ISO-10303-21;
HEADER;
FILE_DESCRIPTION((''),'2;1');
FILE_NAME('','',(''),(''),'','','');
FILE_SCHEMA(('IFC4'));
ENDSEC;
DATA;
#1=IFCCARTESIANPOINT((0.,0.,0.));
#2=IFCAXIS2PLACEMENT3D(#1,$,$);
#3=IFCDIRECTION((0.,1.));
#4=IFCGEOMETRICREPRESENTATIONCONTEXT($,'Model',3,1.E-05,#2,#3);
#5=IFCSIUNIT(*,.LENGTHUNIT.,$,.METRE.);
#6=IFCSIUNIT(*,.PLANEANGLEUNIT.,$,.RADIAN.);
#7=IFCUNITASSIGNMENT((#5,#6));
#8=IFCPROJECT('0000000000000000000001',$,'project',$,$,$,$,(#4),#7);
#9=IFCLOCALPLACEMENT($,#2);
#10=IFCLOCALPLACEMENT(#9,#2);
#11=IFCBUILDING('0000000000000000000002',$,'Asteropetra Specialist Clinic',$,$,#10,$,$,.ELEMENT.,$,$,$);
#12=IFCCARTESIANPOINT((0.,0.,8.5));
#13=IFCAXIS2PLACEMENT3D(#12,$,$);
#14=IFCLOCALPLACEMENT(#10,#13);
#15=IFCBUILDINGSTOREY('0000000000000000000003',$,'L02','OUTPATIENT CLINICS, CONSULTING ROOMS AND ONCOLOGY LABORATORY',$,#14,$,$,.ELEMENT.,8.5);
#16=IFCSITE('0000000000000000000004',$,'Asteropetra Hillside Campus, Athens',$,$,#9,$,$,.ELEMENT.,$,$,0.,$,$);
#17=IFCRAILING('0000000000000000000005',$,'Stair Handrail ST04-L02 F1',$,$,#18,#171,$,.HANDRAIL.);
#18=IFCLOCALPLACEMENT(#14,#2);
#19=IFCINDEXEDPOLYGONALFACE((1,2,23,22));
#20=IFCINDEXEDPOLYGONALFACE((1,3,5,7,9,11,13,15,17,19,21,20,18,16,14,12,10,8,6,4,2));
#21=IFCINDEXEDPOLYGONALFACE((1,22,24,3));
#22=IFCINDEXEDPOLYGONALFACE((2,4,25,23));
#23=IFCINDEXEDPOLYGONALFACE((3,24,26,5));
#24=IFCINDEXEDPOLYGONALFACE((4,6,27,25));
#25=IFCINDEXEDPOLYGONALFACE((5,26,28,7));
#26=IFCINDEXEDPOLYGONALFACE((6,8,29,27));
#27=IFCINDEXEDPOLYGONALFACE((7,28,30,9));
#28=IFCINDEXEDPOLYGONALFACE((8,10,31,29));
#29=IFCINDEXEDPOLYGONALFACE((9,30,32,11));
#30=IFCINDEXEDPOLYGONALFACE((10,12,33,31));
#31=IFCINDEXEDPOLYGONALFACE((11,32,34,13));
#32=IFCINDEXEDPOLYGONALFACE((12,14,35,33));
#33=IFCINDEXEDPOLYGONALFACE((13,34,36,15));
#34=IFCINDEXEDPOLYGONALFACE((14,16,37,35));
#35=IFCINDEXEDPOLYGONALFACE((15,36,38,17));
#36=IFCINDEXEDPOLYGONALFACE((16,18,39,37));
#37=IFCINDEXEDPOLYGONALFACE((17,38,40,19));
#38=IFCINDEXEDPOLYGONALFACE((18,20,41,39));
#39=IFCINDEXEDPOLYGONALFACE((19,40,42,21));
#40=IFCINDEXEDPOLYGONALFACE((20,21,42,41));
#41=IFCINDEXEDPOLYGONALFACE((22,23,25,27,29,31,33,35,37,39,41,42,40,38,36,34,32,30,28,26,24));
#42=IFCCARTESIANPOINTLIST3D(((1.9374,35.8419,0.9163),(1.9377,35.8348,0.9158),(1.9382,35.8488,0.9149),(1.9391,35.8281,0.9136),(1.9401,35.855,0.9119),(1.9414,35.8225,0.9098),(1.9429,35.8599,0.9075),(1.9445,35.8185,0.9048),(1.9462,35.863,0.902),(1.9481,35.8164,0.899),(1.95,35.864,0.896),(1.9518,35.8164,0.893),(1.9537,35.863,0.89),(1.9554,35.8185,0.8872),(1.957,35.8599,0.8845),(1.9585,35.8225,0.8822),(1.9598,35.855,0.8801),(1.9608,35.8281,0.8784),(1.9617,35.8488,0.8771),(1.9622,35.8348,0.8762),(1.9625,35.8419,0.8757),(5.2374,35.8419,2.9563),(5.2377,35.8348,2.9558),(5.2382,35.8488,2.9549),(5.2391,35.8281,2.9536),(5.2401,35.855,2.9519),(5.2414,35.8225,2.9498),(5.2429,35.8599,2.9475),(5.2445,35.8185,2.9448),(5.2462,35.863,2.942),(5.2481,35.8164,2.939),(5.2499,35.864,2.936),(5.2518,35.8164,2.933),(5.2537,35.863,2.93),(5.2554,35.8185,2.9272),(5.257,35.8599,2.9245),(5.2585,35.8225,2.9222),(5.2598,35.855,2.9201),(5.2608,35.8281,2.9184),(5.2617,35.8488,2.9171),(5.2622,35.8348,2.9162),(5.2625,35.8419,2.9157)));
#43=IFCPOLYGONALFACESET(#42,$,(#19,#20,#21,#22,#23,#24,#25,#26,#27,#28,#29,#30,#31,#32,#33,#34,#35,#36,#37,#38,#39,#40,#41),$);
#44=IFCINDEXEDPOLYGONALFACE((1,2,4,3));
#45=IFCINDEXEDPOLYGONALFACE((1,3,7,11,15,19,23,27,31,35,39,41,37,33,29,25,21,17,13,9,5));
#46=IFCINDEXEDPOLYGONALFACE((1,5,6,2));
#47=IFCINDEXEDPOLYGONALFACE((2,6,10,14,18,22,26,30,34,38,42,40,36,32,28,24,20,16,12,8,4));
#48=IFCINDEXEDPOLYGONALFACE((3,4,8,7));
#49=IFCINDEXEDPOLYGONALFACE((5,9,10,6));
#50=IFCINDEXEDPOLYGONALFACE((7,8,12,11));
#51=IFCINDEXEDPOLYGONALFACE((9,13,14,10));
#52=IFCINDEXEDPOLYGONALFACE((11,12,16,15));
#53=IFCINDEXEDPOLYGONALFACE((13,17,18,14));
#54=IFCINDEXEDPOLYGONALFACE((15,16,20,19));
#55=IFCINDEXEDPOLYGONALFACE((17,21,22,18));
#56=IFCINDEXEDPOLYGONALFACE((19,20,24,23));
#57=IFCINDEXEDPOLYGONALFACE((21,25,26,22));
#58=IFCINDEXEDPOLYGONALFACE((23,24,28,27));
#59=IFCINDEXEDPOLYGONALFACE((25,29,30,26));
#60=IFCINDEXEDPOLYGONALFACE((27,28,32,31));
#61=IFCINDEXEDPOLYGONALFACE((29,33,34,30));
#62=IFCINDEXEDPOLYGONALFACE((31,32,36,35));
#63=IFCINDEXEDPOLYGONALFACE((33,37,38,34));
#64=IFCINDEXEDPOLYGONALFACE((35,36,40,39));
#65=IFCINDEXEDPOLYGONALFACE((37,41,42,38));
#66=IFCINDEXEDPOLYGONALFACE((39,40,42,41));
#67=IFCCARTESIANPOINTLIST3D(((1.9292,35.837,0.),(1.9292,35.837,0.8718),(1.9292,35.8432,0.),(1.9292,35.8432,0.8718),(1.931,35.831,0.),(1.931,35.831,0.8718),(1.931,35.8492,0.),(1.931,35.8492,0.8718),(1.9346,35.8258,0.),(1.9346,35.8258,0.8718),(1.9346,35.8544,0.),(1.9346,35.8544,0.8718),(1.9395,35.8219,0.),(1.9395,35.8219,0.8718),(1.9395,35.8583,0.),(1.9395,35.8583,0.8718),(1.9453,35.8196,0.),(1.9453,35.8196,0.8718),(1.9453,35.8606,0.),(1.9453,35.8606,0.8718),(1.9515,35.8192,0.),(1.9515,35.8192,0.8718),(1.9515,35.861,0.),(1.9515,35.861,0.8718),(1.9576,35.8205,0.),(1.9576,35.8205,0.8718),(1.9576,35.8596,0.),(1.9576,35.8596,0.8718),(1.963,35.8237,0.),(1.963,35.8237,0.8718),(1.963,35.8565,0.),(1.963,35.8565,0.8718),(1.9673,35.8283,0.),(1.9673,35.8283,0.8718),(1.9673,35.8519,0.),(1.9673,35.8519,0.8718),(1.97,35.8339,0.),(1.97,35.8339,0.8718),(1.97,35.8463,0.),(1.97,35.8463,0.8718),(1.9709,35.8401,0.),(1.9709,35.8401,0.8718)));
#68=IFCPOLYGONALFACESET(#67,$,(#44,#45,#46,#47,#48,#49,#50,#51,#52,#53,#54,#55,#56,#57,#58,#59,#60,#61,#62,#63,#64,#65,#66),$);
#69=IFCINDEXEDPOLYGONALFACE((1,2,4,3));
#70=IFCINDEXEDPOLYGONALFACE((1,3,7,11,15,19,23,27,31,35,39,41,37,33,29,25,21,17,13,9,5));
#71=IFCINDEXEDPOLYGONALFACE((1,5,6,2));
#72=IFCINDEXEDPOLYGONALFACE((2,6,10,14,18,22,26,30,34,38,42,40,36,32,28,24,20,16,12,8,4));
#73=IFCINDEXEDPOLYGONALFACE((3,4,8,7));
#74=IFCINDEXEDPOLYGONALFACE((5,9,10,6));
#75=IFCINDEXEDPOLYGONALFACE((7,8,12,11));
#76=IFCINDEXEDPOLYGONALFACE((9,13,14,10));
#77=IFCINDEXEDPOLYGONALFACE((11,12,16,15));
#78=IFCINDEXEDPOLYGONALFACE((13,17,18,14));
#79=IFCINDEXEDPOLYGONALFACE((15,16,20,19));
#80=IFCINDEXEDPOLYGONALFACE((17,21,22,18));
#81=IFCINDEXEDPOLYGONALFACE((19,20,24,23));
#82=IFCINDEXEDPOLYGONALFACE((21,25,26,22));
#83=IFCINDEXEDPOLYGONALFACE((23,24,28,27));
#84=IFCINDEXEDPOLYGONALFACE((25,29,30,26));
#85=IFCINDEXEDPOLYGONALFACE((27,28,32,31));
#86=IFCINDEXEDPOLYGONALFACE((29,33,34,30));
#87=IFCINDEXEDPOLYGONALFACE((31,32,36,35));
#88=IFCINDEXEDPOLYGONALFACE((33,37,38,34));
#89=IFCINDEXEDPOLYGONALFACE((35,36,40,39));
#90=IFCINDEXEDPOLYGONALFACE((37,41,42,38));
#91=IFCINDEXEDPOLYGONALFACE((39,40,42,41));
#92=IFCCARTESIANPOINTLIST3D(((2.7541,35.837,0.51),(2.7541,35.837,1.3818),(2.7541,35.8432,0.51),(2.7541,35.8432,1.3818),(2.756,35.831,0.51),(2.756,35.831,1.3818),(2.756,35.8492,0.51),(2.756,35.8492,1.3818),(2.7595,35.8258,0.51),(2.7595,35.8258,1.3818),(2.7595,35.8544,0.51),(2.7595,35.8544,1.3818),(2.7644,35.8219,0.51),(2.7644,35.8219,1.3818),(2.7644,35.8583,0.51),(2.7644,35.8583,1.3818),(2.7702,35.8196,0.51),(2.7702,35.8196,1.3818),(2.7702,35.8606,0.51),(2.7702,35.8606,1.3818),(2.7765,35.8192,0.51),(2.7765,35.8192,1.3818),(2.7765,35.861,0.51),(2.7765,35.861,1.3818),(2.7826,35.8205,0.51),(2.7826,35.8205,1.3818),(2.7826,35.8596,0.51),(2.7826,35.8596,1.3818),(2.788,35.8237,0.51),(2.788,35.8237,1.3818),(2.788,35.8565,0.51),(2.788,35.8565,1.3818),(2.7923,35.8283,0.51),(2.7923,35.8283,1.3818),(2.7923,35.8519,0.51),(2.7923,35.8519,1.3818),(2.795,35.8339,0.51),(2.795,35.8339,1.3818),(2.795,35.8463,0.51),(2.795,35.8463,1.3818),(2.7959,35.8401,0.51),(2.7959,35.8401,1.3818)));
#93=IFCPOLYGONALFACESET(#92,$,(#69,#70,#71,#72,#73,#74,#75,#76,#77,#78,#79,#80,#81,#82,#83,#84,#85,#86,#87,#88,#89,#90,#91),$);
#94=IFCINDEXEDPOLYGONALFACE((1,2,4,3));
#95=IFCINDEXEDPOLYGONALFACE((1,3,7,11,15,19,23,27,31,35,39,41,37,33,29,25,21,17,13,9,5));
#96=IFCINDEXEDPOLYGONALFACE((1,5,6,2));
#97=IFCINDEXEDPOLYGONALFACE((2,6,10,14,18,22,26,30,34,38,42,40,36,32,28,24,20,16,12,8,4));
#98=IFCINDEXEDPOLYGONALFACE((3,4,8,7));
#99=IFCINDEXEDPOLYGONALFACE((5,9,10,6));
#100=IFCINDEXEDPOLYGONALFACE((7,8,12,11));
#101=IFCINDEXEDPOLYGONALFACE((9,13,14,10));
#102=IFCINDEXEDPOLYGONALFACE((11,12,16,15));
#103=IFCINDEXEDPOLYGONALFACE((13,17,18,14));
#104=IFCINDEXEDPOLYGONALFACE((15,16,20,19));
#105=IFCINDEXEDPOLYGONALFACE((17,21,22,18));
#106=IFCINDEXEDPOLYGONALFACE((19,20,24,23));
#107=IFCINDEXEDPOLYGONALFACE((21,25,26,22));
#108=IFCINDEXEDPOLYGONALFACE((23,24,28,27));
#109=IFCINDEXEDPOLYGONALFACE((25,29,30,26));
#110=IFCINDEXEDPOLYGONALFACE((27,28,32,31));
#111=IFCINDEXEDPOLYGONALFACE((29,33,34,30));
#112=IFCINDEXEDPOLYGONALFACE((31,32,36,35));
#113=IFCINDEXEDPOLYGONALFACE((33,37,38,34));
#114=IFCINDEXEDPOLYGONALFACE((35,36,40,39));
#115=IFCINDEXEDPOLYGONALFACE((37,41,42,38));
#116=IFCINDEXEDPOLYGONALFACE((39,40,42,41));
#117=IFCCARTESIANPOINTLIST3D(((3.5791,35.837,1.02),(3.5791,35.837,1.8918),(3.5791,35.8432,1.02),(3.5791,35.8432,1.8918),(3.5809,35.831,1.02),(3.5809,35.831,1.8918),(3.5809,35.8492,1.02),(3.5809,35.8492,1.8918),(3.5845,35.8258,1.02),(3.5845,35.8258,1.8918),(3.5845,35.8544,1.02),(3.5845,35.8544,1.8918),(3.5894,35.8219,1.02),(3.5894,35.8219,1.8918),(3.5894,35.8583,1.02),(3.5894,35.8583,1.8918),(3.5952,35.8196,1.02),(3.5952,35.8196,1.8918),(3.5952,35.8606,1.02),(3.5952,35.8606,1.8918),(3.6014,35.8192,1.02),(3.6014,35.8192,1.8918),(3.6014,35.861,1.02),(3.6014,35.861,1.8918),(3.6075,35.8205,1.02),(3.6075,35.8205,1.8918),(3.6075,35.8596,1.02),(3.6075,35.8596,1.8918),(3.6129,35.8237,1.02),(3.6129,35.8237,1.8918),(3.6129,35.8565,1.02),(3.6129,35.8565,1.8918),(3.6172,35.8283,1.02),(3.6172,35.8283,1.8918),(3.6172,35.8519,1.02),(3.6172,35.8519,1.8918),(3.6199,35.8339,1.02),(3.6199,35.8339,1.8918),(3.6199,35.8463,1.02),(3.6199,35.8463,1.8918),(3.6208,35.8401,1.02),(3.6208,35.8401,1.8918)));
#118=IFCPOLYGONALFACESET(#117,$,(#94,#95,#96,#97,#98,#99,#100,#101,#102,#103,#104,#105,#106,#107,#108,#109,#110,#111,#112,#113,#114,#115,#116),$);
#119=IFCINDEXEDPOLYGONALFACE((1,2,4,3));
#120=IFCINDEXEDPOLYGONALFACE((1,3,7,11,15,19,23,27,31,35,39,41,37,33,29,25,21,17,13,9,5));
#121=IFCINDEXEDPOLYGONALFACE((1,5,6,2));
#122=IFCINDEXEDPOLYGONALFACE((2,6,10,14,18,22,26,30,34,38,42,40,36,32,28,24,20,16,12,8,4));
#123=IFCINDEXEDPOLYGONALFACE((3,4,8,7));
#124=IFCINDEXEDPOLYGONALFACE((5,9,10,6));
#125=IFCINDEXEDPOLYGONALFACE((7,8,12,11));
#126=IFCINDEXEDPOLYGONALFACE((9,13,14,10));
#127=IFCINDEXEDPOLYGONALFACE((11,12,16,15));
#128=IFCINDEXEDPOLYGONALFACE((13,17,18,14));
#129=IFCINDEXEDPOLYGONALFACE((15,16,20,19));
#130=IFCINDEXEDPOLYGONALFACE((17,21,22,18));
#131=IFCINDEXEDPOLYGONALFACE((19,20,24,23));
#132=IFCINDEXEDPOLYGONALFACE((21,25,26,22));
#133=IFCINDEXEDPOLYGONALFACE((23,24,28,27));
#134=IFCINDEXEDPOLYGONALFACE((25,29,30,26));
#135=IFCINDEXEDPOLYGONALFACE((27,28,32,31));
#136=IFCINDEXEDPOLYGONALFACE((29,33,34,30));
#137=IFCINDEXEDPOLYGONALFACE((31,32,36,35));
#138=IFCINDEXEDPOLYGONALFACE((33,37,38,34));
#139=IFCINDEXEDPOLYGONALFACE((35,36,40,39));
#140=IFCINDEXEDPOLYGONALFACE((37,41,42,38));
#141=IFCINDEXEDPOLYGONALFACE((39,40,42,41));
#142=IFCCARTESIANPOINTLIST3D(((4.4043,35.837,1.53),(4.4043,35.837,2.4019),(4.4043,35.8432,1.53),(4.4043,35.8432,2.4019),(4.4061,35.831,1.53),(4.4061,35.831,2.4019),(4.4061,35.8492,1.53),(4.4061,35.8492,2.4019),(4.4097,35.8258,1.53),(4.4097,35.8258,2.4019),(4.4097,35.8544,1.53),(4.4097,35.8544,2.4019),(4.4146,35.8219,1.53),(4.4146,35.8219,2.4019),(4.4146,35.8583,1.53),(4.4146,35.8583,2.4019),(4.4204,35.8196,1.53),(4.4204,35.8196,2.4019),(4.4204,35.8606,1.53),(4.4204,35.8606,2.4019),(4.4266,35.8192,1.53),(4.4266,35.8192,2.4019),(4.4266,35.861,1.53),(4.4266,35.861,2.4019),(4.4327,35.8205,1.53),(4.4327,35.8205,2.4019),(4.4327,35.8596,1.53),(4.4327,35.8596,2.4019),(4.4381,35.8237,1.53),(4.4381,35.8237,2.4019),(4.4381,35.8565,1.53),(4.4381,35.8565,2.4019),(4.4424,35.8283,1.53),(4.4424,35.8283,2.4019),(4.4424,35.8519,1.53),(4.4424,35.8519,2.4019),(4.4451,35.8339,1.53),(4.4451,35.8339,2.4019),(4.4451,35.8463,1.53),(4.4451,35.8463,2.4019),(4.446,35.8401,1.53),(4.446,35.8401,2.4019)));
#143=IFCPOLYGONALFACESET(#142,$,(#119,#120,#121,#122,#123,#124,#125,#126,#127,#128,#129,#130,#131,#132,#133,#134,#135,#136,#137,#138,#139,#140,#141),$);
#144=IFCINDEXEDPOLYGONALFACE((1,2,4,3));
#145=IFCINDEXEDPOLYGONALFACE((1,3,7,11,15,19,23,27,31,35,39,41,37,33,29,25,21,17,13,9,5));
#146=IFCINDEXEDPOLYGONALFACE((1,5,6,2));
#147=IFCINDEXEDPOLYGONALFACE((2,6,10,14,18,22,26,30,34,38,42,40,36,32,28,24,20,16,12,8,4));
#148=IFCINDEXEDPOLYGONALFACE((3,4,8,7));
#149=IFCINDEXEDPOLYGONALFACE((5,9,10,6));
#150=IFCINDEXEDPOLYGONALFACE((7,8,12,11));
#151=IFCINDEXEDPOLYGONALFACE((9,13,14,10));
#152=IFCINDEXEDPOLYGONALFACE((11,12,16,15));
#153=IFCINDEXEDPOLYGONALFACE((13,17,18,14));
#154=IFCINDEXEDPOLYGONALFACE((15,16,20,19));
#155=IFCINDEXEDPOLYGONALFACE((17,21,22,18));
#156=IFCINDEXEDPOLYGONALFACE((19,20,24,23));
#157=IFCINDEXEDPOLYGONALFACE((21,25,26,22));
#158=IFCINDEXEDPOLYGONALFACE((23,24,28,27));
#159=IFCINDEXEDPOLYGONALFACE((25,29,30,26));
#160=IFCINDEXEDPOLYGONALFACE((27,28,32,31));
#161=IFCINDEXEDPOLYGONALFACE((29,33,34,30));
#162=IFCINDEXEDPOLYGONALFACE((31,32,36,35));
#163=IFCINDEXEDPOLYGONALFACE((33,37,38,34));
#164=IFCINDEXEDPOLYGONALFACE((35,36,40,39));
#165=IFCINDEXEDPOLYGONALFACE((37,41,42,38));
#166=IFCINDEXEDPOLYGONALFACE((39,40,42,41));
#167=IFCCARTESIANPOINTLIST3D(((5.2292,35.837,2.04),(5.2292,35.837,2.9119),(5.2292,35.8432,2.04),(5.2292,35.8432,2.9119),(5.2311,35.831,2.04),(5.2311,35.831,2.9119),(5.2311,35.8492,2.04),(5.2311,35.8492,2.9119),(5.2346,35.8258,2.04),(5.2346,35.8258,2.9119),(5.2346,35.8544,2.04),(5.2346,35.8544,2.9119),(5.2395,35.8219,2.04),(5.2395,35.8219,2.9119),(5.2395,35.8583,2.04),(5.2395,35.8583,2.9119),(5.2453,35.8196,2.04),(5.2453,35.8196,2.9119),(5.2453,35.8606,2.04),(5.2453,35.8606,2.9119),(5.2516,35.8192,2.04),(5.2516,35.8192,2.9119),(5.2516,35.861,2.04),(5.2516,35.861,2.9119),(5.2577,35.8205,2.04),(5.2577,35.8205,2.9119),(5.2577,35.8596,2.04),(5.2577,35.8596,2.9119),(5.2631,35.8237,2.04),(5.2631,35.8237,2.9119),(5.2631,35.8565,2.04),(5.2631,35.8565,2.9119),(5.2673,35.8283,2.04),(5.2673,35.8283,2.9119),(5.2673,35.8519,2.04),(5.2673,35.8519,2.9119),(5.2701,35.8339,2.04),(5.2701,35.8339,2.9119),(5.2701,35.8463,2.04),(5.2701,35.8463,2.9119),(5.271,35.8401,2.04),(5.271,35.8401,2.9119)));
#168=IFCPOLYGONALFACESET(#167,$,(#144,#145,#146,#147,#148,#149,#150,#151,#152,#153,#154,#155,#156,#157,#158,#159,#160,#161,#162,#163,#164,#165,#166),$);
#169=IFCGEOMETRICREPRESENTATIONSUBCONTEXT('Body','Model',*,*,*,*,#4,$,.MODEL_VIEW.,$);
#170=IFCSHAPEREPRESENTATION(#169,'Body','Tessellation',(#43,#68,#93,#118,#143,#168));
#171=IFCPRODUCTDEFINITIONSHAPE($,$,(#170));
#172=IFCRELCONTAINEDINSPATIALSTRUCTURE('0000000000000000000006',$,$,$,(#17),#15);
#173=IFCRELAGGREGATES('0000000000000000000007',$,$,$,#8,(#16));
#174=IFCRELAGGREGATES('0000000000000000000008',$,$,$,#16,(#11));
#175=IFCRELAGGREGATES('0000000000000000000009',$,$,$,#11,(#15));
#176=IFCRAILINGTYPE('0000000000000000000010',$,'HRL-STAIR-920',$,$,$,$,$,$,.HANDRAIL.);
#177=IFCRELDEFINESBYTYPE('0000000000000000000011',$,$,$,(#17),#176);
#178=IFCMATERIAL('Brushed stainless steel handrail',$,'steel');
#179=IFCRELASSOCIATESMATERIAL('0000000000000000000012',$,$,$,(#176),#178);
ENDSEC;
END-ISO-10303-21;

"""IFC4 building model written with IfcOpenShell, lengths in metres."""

from ifc_helpers import new_model, si_unit, direction, frame, origin, origin_2d, place, context, subcontext, project, spatial, circle, extrude, material, type_object, element, save


model = new_model("IFC4")

# Units and contexts
model_context = context("Model", 3, precision=1e-05, world=origin(), true_north=direction((0.0, 1.0)))
body_context = subcontext(model_context, "Body", "Model", "MODEL_VIEW")
ifc_project = project(units=[si_unit("LENGTHUNIT", "METRE"), si_unit("PLANEANGLEUNIT", "RADIAN")], contexts=[model_context])

# Site, building, storey
site_placement = place(None, origin())
site = spatial("IfcSite", under=ifc_project, at=site_placement, Name="Asteropetra Hillside Campus, Athens", CompositionType="ELEMENT", RefElevation=0.0)
building_placement = place(site_placement, origin())
building = spatial("IfcBuilding", under=site, at=building_placement, Name="Asteropetra Specialist Clinic", CompositionType="ELEMENT")
storey_placement = place(building_placement, frame((0.0, 0.0, 8.5)))
storey = spatial("IfcBuildingStorey", under=building, at=storey_placement, Name="L02", Description="OUTPATIENT CLINICS, CONSULTING ROOMS AND ONCOLOGY LABORATORY", CompositionType="ELEMENT", Elevation=8.5)

# Railing
ifc_material_1 = material(Name="Brushed stainless steel handrail", Category="steel")
railing_type_1 = type_object("IfcRailingType", Name="HRL-STAIR-920", PredefinedType="HANDRAIL", material=ifc_material_1)
railing_1_placement = place(storey_placement, frame((1.95, 35.8401, 0.0)))
element("IfcRailing", 1, at=railing_1_placement, inside=storey, type_object=railing_type_1, Name="Stair Handrail ST04-L02 F1", PredefinedType="HANDRAIL", context=body_context, shape_type="SweptSolid", body=[
    extrude(circle(Radius=0.0239, at=origin_2d()), frame((0.0, 0.0, 0.896), z_axis=(0.850594, 0.0, 0.525824), x_axis=(0.0, 1.0, 0.0)), (0.0, 0.0, 1.0), 3.8796),
    extrude(circle(Radius=0.021, at=origin_2d()), origin(), (0.0, 0.0, 1.0), 0.8718),
    extrude(circle(Radius=0.021, at=origin_2d()), frame((0.825, 0.0, 0.51)), (0.0, 0.0, 1.0), 0.8718),
    extrude(circle(Radius=0.021, at=origin_2d()), frame((1.6499, 0.0, 1.02)), (0.0, 0.0, 1.0), 0.8718),
    extrude(circle(Radius=0.021, at=origin_2d()), frame((2.4751, 0.0, 1.53)), (0.0, 0.0, 1.0), 0.8718),
    extrude(circle(Radius=0.021, at=origin_2d()), frame((3.3, 0.0, 2.04)), (0.0, 0.0, 1.0), 0.8718),
])

save(model, "model.ifc")
